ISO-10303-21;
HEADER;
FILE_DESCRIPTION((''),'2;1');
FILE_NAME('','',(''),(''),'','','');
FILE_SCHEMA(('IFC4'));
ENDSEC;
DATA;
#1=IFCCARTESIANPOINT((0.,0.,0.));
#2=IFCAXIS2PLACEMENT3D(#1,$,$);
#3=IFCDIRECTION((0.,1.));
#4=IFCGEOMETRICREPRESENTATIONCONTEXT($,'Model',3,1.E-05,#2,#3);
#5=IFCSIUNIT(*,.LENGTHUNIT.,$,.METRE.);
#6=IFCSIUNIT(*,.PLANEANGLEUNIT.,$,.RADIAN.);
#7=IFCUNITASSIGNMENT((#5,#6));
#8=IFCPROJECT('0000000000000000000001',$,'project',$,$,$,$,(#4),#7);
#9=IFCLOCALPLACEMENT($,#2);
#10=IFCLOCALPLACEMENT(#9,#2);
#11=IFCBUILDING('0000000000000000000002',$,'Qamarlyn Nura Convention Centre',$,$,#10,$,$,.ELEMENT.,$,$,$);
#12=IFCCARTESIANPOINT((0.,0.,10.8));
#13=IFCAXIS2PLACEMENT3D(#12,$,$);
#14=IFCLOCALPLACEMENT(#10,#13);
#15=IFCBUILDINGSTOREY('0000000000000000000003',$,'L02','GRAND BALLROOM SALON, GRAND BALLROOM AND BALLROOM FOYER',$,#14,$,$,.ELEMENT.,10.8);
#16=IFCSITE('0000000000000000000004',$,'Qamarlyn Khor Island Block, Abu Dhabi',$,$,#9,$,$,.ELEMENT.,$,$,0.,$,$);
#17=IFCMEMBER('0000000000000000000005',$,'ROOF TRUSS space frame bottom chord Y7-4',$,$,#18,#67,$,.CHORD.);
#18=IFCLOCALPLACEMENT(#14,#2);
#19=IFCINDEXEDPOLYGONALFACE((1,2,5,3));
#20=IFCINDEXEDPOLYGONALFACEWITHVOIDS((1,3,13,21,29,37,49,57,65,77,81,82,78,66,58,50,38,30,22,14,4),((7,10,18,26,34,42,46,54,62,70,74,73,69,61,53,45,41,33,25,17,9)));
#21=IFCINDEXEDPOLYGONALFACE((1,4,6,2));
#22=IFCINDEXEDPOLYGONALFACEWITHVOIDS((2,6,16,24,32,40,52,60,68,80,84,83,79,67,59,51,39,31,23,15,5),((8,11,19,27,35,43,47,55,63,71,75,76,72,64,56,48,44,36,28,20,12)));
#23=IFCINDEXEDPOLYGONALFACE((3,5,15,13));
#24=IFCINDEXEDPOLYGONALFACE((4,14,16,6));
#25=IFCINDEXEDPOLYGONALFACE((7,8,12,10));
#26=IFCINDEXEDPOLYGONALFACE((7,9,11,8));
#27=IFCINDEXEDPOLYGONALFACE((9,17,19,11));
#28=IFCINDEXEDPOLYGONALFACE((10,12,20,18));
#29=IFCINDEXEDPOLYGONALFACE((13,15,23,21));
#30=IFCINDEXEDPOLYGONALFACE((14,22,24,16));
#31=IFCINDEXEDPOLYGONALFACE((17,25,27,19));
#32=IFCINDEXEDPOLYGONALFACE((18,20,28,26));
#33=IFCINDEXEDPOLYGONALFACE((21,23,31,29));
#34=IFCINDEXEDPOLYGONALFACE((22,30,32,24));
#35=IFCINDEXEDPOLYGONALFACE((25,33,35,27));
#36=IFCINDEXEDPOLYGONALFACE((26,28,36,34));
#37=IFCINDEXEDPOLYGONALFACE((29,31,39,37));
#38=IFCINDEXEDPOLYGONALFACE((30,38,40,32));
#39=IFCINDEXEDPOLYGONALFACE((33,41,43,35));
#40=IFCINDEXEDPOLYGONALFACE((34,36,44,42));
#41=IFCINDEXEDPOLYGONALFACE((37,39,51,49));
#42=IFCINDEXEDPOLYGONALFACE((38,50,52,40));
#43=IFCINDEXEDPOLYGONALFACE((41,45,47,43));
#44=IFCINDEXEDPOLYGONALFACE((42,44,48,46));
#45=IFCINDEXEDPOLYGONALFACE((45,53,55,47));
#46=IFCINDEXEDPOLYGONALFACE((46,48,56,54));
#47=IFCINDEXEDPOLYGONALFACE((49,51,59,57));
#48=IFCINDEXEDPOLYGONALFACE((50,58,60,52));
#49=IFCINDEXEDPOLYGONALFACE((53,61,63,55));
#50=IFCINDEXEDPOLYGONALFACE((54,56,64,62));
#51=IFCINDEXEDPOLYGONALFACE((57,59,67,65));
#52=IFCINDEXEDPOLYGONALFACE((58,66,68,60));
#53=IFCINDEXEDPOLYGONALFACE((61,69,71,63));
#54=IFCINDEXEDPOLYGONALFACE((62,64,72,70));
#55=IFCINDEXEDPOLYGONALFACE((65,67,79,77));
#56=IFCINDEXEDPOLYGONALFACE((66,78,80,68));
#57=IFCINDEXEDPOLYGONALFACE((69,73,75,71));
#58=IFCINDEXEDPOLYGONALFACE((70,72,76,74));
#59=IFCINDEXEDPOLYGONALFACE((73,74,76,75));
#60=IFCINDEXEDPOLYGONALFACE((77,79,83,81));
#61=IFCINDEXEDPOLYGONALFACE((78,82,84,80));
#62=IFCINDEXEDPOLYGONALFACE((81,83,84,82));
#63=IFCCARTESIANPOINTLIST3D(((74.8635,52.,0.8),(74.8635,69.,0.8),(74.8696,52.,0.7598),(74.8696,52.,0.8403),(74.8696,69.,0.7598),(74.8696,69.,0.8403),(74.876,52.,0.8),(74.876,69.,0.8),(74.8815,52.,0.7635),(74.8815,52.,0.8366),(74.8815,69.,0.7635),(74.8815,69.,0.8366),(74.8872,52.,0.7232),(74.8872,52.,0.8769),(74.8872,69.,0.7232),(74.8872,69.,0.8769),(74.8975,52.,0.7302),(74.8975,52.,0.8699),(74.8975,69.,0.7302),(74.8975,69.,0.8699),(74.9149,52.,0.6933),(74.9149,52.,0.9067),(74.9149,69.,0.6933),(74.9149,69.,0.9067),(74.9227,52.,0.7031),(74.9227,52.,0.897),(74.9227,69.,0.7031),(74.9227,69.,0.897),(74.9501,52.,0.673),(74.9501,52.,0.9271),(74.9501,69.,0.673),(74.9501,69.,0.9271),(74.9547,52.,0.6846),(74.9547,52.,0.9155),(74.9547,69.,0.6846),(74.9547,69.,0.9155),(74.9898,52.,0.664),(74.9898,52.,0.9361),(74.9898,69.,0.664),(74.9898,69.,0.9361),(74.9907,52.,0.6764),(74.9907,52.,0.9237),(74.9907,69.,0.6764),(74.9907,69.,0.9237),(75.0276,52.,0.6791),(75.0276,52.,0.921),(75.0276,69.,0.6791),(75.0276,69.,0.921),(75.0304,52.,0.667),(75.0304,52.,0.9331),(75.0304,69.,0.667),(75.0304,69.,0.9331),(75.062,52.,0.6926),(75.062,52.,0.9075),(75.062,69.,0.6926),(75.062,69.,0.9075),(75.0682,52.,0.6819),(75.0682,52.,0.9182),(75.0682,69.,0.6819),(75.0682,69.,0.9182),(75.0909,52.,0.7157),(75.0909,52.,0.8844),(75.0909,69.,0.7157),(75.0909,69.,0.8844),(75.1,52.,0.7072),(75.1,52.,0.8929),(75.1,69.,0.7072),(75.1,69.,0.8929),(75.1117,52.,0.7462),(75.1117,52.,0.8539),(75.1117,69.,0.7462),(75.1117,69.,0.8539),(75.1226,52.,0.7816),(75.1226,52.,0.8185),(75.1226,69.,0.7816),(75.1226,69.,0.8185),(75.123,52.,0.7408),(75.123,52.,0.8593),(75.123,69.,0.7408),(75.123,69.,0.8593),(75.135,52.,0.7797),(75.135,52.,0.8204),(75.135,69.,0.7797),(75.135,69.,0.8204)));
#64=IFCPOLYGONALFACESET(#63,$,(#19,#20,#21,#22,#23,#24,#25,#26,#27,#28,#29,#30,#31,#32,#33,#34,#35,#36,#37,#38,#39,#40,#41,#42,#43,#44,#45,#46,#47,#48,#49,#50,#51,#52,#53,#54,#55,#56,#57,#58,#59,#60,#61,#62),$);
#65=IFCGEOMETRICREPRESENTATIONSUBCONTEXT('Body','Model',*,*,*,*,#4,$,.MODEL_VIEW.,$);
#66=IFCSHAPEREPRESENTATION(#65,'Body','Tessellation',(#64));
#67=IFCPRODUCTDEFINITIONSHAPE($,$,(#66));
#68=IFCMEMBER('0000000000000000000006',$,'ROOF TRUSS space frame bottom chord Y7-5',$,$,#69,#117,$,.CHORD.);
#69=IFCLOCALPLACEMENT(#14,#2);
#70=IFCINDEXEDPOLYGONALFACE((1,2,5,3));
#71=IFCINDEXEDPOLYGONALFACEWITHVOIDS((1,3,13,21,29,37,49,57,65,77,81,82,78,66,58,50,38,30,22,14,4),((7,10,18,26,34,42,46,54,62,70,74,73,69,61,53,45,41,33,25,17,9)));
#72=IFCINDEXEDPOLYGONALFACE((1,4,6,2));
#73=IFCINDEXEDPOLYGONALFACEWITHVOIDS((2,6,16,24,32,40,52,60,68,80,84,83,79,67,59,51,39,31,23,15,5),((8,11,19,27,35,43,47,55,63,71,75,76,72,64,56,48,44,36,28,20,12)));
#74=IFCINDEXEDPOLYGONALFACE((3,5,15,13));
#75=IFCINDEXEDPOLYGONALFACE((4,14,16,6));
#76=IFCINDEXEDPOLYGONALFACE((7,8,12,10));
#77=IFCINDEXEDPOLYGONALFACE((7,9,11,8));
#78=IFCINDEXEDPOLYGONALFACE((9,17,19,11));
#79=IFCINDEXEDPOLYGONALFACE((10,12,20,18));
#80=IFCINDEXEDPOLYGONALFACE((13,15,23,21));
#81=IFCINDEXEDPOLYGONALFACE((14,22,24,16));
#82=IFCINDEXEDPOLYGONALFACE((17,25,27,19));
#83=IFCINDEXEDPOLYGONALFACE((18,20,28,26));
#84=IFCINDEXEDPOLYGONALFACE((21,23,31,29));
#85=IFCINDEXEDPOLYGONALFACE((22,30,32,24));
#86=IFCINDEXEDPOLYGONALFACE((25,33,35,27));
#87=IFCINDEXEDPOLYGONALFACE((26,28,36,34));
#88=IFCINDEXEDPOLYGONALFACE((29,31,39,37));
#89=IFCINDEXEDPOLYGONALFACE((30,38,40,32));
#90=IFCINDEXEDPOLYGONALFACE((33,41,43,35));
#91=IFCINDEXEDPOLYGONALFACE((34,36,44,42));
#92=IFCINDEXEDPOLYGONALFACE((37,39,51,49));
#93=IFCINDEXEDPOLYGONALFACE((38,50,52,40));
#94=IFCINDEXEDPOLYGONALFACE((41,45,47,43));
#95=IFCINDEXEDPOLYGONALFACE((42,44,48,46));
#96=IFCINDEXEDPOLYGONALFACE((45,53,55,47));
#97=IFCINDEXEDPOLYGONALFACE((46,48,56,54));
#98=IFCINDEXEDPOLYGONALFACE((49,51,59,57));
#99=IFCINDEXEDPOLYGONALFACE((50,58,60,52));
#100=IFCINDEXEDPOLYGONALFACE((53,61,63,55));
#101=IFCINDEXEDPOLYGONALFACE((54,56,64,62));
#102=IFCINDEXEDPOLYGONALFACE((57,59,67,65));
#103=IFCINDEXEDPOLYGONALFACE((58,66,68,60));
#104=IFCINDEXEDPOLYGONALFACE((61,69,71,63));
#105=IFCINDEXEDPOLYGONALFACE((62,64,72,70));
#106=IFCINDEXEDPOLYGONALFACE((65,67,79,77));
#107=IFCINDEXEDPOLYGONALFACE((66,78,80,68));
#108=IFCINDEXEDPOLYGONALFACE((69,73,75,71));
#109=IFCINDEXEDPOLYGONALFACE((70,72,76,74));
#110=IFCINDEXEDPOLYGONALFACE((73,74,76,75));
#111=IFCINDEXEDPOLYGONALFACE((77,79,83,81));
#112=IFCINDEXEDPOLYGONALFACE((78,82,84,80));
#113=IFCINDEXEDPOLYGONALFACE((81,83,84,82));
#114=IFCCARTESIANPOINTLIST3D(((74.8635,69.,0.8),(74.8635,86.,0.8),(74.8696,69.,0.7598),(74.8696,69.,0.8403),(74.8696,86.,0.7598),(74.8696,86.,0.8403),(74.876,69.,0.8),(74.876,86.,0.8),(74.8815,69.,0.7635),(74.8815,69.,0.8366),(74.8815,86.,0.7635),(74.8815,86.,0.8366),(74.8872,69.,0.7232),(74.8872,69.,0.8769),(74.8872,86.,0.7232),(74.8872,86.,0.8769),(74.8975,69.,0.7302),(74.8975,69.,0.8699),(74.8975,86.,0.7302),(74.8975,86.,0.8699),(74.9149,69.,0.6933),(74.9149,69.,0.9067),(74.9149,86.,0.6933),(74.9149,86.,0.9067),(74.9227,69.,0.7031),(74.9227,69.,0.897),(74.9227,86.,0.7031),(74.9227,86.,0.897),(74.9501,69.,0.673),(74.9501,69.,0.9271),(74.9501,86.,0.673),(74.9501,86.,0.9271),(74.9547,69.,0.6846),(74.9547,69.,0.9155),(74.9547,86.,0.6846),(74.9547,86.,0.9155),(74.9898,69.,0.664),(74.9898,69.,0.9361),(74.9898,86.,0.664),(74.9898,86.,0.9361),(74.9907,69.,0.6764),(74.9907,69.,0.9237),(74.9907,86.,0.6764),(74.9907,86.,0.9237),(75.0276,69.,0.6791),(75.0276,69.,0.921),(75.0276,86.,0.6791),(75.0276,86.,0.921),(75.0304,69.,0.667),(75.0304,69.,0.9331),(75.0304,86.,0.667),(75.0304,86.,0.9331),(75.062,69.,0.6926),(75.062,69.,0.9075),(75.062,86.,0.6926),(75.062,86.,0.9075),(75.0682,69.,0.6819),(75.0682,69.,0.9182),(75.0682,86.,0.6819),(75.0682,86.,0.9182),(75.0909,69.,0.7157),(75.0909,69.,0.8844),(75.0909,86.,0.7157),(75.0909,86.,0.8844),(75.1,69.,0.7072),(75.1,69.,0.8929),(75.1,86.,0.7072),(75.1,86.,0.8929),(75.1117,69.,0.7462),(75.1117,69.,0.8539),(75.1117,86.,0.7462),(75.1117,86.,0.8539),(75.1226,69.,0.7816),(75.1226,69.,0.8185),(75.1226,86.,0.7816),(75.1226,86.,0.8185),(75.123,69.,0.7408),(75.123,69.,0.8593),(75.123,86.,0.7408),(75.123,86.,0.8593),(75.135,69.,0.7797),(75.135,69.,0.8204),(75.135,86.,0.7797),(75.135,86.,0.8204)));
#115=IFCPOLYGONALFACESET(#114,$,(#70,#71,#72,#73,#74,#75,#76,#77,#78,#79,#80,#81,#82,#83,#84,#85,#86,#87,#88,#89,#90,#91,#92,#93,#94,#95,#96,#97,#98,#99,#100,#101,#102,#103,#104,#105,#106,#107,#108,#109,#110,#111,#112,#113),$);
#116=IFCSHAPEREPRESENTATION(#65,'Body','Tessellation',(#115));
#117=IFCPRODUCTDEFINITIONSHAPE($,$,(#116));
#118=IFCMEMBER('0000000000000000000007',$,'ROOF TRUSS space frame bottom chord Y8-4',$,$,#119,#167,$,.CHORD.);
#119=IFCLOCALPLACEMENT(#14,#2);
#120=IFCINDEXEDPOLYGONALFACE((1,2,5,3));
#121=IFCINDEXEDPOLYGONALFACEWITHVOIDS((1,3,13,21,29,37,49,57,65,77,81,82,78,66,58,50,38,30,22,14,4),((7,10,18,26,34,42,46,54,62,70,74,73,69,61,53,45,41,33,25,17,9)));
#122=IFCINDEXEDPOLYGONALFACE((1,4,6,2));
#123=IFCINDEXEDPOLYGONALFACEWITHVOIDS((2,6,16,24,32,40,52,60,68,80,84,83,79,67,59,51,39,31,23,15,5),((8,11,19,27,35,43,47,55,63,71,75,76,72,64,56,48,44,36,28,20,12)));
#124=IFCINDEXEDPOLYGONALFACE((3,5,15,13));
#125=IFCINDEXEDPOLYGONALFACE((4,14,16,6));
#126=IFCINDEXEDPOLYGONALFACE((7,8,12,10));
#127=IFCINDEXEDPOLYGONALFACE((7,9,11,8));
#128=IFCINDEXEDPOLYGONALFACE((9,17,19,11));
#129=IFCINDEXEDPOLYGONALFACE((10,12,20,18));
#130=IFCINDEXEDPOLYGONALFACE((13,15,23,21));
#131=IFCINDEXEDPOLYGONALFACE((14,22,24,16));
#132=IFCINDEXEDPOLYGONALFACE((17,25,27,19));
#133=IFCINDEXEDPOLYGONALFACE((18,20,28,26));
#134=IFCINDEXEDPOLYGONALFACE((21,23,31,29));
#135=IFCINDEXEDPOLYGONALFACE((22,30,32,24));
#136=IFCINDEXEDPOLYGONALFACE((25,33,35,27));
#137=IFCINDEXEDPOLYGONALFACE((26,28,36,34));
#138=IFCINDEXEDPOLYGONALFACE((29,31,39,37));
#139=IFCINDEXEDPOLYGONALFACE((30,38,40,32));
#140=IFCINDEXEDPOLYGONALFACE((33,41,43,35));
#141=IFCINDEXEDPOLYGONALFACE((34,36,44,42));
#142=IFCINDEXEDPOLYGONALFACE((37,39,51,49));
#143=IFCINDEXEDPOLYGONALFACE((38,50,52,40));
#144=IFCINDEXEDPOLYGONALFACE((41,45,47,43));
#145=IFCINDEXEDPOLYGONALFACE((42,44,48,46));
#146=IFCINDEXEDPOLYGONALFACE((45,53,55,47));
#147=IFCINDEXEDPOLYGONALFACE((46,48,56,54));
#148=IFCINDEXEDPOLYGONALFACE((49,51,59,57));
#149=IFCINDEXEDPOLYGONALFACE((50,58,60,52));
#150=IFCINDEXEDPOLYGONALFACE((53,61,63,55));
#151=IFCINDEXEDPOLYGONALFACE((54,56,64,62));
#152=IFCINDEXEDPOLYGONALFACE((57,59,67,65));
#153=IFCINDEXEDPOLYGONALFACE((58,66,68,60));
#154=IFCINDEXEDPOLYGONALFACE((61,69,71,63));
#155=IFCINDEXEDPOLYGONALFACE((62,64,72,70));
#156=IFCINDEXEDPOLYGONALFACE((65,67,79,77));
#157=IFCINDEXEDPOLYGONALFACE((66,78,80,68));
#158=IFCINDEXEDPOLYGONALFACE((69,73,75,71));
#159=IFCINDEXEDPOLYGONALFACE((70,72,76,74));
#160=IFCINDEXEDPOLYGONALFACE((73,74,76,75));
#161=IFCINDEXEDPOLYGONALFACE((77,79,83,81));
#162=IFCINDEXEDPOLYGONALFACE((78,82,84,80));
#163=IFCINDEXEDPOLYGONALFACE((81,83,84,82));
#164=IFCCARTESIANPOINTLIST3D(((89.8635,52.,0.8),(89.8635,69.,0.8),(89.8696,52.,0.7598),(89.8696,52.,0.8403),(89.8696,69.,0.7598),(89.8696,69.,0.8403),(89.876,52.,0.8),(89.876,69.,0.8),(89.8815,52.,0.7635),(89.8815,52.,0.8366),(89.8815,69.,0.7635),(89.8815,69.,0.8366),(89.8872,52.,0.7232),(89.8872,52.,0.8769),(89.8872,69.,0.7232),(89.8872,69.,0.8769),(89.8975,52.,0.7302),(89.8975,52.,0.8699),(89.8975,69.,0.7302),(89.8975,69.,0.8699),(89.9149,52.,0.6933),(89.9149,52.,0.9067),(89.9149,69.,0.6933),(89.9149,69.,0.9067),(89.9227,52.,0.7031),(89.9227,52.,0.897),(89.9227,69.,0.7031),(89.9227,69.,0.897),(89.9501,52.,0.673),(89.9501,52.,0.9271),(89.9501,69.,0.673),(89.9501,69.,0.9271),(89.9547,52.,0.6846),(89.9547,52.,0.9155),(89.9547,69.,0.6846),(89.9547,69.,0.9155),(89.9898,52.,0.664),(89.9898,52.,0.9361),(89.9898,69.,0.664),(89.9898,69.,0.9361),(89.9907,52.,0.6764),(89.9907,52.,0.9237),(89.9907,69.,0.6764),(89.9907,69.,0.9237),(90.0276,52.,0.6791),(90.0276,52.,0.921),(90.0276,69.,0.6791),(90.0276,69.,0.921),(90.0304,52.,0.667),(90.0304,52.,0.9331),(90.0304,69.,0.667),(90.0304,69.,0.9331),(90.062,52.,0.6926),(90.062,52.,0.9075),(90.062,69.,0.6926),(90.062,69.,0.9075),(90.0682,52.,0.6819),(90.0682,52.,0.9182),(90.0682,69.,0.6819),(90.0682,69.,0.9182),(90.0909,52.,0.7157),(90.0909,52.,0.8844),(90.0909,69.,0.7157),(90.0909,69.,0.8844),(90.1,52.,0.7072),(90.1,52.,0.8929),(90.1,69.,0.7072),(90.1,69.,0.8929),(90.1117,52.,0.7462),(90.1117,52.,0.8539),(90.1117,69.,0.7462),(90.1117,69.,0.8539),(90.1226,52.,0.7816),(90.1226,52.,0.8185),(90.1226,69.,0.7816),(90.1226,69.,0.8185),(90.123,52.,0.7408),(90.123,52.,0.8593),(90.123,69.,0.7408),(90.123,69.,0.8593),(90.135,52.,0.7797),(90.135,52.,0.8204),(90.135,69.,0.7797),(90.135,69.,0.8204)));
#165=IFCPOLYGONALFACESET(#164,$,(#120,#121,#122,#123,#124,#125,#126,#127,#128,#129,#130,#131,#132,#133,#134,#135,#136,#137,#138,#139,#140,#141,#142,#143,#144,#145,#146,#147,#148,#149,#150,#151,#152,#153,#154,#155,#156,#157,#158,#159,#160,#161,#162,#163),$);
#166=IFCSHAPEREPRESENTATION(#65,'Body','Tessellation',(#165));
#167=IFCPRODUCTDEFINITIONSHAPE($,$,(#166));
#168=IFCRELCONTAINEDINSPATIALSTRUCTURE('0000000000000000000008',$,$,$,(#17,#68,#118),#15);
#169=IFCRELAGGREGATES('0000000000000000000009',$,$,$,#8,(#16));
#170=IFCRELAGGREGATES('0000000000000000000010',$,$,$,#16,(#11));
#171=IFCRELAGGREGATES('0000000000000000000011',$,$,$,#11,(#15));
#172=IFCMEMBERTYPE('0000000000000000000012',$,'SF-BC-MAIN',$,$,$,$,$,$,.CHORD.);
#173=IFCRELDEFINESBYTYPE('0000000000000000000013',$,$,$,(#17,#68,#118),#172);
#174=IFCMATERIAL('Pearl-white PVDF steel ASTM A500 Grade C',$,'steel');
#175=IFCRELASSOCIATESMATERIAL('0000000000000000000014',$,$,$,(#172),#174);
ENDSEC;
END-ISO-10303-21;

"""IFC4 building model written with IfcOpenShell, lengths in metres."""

from ifc_helpers import new_model, si_unit, direction, frame, origin, origin_2d, place, context, subcontext, project, spatial, hollow_circle, extrude, material, material_profile, profile_set, type_object, element, save


model = new_model("IFC4")

# Units and contexts
model_context = context("Model", 3, precision=1e-05, world=origin(), true_north=direction((0.0, 1.0)))
body_context = subcontext(model_context, "Body", "Model", "MODEL_VIEW")
ifc_project = project(units=[si_unit("LENGTHUNIT", "METRE"), si_unit("PLANEANGLEUNIT", "RADIAN")], contexts=[model_context])

# Site, building, storey
site_placement = place(None, origin())
site = spatial("IfcSite", under=ifc_project, at=site_placement, Name="Qamarlyn Khor Island Block, Abu Dhabi", CompositionType="ELEMENT", RefElevation=0.0)
building_placement = place(site_placement, origin())
building = spatial("IfcBuilding", under=site, at=building_placement, Name="Qamarlyn Nura Convention Centre", CompositionType="ELEMENT")
storey_placement = place(building_placement, frame((0.0, 0.0, 10.8)))
storey = spatial("IfcBuildingStorey", under=building, at=storey_placement, Name="L02", Description="GRAND BALLROOM SALON, GRAND BALLROOM AND BALLROOM FOYER", CompositionType="ELEMENT", Elevation=10.8)

# Members
ifc_material_1 = material(Name="Pearl-white PVDF steel ASTM A500 Grade C", Category="steel")
ifc_material_profile_1 = material_profile(ifc_material_1, hollow_circle(Radius=0.1365, WallThickness=0.0125, at=origin_2d()), Name="CHS273X12.5")
ifc_profile_set_1 = profile_set([ifc_material_profile_1], Name="Pearl-white PVDF steel ASTM A500 Grade C")
member_type_1 = type_object("IfcMemberType", Name="SF-BC-MAIN", PredefinedType="CHORD", material=ifc_profile_set_1)
for number, where, z_axis, x_axis, name in (
    (1, (75.0, 52.0, 0.8), (0.0, 1.0, 0.0), (-1.0, 0.0, 0.0), "ROOF TRUSS space frame bottom chord Y7-4"),
    (2, (75.0, 69.0, 0.8), (0.0, 1.0, 0.0), (-1.0, 0.0, 0.0), "ROOF TRUSS space frame bottom chord Y7-5"),
    (3, (90.0, 52.0, 0.8), (0.0, 1.0, 0.0), (-1.0, 0.0, 0.0), "ROOF TRUSS space frame bottom chord Y8-4"),
):
    element("IfcMember", number, at=place(storey_placement, frame(where, z_axis=z_axis, x_axis=x_axis)), inside=storey, type_object=member_type_1, Name=name, PredefinedType="CHORD", context=body_context, shape_type="SweptSolid", body=[
        extrude(hollow_circle(Radius=0.1365, WallThickness=0.0125, at=origin_2d()), origin(), (0.0, 0.0, 1.0), 17.0),
    ])

save(model, "model.ifc")
